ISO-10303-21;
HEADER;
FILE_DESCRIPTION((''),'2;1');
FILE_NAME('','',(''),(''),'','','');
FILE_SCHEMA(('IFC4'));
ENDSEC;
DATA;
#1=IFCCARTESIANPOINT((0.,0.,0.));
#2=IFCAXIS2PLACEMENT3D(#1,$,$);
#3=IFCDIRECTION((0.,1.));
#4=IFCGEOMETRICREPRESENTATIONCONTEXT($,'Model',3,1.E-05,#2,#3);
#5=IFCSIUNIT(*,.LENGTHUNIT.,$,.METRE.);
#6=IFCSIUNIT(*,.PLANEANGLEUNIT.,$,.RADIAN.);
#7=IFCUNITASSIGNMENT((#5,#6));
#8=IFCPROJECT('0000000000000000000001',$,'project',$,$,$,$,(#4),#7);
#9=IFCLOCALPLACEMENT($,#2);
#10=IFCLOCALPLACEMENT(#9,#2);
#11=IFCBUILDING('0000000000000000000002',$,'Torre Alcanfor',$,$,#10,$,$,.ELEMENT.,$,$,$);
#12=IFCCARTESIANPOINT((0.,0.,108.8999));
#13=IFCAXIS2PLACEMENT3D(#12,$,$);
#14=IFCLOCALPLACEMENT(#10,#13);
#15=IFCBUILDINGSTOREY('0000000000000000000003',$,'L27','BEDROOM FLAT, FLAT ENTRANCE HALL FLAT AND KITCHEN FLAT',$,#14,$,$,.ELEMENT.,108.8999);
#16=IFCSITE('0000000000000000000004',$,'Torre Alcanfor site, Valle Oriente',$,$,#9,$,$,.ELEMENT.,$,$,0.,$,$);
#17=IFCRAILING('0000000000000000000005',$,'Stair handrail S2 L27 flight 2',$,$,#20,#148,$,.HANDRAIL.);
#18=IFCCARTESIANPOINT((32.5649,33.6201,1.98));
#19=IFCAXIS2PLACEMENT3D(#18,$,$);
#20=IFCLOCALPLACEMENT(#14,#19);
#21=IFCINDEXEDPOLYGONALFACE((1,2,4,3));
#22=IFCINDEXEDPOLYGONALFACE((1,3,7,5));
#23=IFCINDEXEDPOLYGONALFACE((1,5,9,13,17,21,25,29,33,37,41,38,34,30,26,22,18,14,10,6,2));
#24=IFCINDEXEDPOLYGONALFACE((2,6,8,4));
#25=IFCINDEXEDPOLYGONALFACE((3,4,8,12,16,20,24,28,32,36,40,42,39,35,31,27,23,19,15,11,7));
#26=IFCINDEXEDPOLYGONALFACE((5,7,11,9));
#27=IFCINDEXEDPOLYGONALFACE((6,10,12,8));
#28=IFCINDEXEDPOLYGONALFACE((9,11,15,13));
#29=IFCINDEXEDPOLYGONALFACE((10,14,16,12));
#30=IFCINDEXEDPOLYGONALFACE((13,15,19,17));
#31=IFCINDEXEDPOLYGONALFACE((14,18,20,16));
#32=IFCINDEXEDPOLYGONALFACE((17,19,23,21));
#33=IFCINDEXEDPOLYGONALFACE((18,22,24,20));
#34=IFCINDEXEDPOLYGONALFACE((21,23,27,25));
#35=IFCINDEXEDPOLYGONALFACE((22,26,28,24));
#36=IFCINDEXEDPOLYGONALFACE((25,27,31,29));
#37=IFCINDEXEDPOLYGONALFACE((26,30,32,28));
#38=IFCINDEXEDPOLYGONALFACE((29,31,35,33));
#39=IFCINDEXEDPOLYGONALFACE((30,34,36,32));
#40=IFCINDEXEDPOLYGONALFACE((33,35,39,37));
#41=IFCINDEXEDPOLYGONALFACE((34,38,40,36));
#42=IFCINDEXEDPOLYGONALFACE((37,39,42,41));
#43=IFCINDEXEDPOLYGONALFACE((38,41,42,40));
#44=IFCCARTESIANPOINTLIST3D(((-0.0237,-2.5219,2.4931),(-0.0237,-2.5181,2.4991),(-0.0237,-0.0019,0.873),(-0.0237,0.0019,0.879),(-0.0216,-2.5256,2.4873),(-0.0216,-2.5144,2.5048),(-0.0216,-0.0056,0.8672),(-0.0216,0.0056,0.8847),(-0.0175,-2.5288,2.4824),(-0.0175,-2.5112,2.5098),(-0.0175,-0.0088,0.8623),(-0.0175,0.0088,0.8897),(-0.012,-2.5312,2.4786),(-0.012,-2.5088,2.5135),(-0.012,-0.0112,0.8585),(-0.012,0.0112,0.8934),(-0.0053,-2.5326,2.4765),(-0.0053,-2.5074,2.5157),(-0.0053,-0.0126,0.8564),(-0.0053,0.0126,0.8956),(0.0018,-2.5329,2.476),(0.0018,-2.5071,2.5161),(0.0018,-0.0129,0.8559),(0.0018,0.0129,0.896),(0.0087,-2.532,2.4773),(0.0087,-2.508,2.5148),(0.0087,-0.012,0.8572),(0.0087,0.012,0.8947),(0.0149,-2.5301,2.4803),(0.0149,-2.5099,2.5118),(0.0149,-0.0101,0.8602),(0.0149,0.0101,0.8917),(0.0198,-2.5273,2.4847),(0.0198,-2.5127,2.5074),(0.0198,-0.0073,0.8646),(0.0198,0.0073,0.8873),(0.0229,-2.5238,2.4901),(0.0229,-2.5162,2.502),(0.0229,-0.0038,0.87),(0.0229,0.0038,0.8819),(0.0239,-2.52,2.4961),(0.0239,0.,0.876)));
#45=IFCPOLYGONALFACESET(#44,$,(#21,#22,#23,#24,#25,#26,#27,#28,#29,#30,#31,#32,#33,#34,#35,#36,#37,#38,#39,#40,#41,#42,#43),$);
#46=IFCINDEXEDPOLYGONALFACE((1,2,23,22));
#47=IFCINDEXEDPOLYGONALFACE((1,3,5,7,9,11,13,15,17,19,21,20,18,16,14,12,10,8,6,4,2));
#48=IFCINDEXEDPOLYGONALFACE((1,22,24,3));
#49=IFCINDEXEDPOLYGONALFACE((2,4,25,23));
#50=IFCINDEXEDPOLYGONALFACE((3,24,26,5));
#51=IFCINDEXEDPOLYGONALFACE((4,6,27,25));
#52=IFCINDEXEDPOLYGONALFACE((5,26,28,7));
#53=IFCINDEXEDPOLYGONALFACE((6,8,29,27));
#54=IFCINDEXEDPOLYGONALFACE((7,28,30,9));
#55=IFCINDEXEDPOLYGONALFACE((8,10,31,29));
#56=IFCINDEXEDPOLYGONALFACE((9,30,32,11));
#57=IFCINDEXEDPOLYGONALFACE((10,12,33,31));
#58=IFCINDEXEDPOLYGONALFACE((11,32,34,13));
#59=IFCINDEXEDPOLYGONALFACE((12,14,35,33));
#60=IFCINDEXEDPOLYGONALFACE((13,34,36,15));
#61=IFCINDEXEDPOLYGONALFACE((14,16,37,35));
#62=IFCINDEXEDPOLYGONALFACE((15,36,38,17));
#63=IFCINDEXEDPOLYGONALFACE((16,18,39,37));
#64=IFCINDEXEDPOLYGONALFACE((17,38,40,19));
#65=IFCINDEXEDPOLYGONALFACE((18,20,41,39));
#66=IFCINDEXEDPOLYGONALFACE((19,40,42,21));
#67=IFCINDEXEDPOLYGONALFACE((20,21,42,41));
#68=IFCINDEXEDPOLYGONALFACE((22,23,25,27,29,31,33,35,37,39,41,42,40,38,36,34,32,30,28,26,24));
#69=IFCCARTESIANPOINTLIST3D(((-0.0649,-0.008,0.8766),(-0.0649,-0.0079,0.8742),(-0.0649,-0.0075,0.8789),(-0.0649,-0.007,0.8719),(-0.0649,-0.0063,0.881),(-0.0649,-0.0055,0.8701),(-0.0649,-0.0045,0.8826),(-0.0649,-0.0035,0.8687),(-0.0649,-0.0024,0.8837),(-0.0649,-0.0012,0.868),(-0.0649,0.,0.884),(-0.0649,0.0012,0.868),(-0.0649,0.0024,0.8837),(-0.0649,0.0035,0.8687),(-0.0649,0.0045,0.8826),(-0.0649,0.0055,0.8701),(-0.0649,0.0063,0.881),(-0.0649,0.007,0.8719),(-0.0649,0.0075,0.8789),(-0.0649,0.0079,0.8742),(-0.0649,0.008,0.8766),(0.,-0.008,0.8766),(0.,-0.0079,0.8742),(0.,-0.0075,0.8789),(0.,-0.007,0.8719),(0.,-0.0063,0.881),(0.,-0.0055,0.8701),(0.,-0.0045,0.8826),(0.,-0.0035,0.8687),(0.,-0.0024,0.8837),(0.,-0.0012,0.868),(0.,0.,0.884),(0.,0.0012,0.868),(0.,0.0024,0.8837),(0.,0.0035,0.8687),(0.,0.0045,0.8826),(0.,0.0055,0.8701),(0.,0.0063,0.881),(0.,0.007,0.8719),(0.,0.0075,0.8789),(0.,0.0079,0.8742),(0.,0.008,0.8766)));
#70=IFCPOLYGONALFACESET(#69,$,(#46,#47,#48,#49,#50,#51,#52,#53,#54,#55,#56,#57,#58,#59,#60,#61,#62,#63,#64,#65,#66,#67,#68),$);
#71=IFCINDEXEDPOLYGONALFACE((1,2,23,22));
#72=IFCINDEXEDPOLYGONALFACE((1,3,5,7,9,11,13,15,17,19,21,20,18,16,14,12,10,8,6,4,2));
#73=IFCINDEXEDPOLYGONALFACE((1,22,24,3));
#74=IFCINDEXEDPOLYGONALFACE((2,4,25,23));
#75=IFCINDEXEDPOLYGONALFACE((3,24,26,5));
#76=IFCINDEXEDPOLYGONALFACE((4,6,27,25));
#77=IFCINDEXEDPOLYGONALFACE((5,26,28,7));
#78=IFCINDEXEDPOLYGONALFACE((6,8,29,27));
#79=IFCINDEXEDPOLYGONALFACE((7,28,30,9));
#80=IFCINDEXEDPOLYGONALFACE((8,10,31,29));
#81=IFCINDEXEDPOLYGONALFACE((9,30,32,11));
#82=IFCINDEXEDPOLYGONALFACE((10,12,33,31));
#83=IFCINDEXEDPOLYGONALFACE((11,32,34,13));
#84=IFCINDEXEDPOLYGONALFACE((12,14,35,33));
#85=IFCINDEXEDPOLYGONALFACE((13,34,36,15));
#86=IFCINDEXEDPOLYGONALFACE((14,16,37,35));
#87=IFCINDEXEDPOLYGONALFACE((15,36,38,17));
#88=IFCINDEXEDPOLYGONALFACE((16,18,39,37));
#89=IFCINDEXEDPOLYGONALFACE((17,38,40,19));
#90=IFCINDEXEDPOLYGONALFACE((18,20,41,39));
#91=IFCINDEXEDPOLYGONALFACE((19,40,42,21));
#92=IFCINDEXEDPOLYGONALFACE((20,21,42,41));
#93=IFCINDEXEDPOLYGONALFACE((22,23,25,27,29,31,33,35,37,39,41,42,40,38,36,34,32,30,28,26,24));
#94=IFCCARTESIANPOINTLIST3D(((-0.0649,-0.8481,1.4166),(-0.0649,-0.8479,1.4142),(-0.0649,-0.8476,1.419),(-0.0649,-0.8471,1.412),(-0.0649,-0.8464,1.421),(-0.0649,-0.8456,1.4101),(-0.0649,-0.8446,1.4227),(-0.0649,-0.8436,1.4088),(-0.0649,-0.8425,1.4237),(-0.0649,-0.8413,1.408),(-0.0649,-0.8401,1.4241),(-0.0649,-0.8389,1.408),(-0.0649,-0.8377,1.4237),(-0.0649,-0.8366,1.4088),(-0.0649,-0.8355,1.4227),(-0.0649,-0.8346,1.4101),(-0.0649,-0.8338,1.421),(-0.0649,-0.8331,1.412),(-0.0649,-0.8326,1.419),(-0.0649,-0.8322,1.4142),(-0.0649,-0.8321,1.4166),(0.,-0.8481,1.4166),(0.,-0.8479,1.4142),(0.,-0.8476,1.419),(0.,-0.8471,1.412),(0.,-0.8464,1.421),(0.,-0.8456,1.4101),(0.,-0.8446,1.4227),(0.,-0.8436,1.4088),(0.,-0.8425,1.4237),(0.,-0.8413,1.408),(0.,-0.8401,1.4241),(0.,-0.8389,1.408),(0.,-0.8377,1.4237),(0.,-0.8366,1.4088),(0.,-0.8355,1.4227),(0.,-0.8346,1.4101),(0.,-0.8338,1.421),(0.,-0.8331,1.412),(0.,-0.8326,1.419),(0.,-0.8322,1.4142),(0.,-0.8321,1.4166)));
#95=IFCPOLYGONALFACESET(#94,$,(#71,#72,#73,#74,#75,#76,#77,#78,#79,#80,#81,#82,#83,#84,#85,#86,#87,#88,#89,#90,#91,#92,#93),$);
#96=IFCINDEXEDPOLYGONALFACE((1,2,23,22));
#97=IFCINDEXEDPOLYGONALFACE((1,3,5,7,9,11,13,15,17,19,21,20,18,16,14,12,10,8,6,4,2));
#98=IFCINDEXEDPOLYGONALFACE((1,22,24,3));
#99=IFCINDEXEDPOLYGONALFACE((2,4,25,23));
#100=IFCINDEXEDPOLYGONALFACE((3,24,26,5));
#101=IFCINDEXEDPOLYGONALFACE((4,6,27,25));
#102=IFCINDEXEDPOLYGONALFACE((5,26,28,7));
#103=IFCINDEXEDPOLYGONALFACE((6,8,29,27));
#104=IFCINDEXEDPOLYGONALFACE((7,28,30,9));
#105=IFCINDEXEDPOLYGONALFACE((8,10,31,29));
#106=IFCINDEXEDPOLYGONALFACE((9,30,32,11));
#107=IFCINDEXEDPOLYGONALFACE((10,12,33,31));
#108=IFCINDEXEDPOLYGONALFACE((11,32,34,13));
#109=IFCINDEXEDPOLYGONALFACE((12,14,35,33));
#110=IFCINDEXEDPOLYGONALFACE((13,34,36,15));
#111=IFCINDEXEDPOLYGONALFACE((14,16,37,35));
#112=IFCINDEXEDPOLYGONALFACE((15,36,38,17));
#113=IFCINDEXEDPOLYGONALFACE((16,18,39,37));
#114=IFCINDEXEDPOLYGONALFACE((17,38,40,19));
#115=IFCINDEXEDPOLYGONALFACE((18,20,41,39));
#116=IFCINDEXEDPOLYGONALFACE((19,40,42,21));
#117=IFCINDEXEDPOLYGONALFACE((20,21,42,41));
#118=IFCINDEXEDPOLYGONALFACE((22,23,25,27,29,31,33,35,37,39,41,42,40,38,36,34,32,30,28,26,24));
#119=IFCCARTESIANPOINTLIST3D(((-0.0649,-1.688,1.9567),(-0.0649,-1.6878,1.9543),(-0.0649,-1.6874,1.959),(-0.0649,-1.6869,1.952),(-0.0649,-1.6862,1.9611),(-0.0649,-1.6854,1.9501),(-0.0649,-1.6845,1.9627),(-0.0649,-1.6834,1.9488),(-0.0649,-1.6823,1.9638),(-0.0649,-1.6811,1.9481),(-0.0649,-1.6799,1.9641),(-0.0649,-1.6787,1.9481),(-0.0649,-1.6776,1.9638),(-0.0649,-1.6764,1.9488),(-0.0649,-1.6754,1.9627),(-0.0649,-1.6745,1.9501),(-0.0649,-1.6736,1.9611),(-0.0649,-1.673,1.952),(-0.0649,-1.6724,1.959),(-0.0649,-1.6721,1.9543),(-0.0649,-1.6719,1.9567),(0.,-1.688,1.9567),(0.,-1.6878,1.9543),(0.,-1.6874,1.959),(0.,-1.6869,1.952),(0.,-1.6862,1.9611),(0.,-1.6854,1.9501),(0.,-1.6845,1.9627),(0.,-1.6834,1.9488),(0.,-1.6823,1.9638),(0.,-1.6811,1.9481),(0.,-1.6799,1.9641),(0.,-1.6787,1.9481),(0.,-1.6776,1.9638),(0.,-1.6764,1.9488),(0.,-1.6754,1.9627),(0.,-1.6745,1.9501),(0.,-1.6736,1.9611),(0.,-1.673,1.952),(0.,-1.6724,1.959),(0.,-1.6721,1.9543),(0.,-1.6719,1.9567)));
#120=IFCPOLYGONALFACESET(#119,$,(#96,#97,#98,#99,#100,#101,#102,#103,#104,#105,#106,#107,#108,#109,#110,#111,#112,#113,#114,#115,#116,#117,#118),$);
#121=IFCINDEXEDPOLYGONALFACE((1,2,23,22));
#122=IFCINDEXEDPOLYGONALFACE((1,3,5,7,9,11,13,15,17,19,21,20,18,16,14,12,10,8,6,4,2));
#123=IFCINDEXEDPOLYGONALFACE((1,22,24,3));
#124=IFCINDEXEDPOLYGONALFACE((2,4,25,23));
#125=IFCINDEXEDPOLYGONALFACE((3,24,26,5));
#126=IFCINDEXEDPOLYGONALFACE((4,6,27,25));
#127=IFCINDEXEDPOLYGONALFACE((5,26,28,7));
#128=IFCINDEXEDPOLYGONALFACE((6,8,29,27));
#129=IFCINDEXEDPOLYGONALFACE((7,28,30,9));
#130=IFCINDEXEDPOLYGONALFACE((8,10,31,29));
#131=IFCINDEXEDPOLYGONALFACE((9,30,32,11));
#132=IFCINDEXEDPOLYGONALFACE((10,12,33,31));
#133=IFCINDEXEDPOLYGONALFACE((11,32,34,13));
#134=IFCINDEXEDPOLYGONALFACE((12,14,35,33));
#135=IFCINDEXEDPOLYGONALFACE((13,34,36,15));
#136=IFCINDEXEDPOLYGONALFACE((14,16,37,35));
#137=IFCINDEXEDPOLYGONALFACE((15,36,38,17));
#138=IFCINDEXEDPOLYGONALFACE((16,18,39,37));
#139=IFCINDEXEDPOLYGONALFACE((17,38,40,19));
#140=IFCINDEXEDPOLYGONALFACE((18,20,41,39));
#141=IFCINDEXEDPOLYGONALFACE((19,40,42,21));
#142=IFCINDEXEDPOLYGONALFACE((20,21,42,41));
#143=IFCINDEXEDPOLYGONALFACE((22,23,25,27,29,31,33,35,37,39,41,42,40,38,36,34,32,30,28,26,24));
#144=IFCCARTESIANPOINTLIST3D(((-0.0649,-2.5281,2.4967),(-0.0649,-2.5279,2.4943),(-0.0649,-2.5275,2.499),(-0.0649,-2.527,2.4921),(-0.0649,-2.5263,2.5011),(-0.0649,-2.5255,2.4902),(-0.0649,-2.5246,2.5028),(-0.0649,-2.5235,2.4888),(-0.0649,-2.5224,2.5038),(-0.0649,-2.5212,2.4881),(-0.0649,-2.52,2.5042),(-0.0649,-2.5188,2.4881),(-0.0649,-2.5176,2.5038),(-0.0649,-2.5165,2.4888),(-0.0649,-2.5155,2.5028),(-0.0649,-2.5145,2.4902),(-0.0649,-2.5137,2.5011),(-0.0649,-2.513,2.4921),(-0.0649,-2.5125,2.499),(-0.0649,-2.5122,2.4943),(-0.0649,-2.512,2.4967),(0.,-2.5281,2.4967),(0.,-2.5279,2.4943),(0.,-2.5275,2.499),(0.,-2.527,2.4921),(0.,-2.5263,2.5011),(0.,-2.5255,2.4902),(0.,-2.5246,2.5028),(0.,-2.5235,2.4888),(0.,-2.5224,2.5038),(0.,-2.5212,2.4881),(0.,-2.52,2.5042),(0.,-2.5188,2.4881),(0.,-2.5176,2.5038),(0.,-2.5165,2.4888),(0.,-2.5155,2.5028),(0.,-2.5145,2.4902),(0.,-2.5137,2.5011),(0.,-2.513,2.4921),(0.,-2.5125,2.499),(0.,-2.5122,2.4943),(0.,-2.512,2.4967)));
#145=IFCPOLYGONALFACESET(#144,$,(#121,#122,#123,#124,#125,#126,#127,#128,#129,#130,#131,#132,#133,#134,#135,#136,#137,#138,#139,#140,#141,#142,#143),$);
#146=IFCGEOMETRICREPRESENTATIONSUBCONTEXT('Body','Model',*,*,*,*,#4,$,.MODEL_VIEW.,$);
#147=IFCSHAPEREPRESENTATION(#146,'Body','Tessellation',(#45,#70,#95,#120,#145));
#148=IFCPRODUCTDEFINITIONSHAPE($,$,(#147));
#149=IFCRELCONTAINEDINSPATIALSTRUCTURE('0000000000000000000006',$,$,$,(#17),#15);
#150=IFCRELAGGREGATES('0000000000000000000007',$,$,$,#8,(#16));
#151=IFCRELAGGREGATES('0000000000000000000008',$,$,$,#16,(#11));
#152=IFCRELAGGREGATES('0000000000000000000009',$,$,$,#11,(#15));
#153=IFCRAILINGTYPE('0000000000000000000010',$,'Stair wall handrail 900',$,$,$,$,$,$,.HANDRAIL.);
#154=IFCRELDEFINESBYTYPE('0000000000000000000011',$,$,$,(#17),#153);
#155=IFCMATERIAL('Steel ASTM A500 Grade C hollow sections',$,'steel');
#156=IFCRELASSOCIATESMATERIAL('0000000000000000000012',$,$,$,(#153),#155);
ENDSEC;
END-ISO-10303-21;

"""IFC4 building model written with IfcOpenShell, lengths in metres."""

from ifc_helpers import new_model, si_unit, direction, frame, origin, origin_2d, place, context, subcontext, project, spatial, circle, extrude, material, type_object, element, save


model = new_model("IFC4")

# Units and contexts
model_context = context("Model", 3, precision=1e-05, world=origin(), true_north=direction((0.0, 1.0)))
body_context = subcontext(model_context, "Body", "Model", "MODEL_VIEW")
ifc_project = project(units=[si_unit("LENGTHUNIT", "METRE"), si_unit("PLANEANGLEUNIT", "RADIAN")], contexts=[model_context])

# Site, building, storey
site_placement = place(None, origin())
site = spatial("IfcSite", under=ifc_project, at=site_placement, Name="Torre Alcanfor site, Valle Oriente", CompositionType="ELEMENT", RefElevation=0.0)
building_placement = place(site_placement, origin())
building = spatial("IfcBuilding", under=site, at=building_placement, Name="Torre Alcanfor", CompositionType="ELEMENT")
storey_placement = place(building_placement, frame((0.0, 0.0, 108.8999)))
storey = spatial("IfcBuildingStorey", under=building, at=storey_placement, Name="L27", Description="BEDROOM FLAT, FLAT ENTRANCE HALL FLAT AND KITCHEN FLAT", CompositionType="ELEMENT", Elevation=108.8999)

# Railing
ifc_material_1 = material(Name="Steel ASTM A500 Grade C hollow sections", Category="steel")
railing_type_1 = type_object("IfcRailingType", Name="Stair wall handrail 900", PredefinedType="HANDRAIL", material=ifc_material_1)
railing_1_placement = place(storey_placement, frame((32.5649, 33.6201, 1.98)))
element("IfcRailing", 1, at=railing_1_placement, inside=storey, type_object=railing_type_1, Name="Stair handrail S2 L27 flight 2", PredefinedType="HANDRAIL", context=body_context, shape_type="SweptSolid", body=[
    extrude(circle(Radius=0.0239, at=origin_2d()), frame((0.0, 0.0, 0.876), z_axis=(0.0, -0.841163, 0.540782), x_axis=(1.0, 0.0, 0.0)), (0.0, 0.0, 1.0), 2.9958),
    extrude(circle(Radius=0.0081, at=origin_2d()), frame((0.0, 0.0, 0.876), z_axis=(-1.0, 0.0, 0.0), x_axis=(0.0, 0.0, 1.0)), (0.0, 0.0, 1.0), 0.0649),
    extrude(circle(Radius=0.0081, at=origin_2d()), frame((0.0, -0.8401, 1.416), z_axis=(-1.0, 0.0, 0.0), x_axis=(0.0, 0.0, 1.0)), (0.0, 0.0, 1.0), 0.0649),
    extrude(circle(Radius=0.0081, at=origin_2d()), frame((0.0, -1.6799, 1.9561), z_axis=(-1.0, 0.0, 0.0), x_axis=(0.0, 0.0, 1.0)), (0.0, 0.0, 1.0), 0.0649),
    extrude(circle(Radius=0.0081, at=origin_2d()), frame((0.0, -2.52, 2.4961), z_axis=(-1.0, 0.0, 0.0), x_axis=(0.0, 0.0, 1.0)), (0.0, 0.0, 1.0), 0.0649),
])

save(model, "model.ifc")
